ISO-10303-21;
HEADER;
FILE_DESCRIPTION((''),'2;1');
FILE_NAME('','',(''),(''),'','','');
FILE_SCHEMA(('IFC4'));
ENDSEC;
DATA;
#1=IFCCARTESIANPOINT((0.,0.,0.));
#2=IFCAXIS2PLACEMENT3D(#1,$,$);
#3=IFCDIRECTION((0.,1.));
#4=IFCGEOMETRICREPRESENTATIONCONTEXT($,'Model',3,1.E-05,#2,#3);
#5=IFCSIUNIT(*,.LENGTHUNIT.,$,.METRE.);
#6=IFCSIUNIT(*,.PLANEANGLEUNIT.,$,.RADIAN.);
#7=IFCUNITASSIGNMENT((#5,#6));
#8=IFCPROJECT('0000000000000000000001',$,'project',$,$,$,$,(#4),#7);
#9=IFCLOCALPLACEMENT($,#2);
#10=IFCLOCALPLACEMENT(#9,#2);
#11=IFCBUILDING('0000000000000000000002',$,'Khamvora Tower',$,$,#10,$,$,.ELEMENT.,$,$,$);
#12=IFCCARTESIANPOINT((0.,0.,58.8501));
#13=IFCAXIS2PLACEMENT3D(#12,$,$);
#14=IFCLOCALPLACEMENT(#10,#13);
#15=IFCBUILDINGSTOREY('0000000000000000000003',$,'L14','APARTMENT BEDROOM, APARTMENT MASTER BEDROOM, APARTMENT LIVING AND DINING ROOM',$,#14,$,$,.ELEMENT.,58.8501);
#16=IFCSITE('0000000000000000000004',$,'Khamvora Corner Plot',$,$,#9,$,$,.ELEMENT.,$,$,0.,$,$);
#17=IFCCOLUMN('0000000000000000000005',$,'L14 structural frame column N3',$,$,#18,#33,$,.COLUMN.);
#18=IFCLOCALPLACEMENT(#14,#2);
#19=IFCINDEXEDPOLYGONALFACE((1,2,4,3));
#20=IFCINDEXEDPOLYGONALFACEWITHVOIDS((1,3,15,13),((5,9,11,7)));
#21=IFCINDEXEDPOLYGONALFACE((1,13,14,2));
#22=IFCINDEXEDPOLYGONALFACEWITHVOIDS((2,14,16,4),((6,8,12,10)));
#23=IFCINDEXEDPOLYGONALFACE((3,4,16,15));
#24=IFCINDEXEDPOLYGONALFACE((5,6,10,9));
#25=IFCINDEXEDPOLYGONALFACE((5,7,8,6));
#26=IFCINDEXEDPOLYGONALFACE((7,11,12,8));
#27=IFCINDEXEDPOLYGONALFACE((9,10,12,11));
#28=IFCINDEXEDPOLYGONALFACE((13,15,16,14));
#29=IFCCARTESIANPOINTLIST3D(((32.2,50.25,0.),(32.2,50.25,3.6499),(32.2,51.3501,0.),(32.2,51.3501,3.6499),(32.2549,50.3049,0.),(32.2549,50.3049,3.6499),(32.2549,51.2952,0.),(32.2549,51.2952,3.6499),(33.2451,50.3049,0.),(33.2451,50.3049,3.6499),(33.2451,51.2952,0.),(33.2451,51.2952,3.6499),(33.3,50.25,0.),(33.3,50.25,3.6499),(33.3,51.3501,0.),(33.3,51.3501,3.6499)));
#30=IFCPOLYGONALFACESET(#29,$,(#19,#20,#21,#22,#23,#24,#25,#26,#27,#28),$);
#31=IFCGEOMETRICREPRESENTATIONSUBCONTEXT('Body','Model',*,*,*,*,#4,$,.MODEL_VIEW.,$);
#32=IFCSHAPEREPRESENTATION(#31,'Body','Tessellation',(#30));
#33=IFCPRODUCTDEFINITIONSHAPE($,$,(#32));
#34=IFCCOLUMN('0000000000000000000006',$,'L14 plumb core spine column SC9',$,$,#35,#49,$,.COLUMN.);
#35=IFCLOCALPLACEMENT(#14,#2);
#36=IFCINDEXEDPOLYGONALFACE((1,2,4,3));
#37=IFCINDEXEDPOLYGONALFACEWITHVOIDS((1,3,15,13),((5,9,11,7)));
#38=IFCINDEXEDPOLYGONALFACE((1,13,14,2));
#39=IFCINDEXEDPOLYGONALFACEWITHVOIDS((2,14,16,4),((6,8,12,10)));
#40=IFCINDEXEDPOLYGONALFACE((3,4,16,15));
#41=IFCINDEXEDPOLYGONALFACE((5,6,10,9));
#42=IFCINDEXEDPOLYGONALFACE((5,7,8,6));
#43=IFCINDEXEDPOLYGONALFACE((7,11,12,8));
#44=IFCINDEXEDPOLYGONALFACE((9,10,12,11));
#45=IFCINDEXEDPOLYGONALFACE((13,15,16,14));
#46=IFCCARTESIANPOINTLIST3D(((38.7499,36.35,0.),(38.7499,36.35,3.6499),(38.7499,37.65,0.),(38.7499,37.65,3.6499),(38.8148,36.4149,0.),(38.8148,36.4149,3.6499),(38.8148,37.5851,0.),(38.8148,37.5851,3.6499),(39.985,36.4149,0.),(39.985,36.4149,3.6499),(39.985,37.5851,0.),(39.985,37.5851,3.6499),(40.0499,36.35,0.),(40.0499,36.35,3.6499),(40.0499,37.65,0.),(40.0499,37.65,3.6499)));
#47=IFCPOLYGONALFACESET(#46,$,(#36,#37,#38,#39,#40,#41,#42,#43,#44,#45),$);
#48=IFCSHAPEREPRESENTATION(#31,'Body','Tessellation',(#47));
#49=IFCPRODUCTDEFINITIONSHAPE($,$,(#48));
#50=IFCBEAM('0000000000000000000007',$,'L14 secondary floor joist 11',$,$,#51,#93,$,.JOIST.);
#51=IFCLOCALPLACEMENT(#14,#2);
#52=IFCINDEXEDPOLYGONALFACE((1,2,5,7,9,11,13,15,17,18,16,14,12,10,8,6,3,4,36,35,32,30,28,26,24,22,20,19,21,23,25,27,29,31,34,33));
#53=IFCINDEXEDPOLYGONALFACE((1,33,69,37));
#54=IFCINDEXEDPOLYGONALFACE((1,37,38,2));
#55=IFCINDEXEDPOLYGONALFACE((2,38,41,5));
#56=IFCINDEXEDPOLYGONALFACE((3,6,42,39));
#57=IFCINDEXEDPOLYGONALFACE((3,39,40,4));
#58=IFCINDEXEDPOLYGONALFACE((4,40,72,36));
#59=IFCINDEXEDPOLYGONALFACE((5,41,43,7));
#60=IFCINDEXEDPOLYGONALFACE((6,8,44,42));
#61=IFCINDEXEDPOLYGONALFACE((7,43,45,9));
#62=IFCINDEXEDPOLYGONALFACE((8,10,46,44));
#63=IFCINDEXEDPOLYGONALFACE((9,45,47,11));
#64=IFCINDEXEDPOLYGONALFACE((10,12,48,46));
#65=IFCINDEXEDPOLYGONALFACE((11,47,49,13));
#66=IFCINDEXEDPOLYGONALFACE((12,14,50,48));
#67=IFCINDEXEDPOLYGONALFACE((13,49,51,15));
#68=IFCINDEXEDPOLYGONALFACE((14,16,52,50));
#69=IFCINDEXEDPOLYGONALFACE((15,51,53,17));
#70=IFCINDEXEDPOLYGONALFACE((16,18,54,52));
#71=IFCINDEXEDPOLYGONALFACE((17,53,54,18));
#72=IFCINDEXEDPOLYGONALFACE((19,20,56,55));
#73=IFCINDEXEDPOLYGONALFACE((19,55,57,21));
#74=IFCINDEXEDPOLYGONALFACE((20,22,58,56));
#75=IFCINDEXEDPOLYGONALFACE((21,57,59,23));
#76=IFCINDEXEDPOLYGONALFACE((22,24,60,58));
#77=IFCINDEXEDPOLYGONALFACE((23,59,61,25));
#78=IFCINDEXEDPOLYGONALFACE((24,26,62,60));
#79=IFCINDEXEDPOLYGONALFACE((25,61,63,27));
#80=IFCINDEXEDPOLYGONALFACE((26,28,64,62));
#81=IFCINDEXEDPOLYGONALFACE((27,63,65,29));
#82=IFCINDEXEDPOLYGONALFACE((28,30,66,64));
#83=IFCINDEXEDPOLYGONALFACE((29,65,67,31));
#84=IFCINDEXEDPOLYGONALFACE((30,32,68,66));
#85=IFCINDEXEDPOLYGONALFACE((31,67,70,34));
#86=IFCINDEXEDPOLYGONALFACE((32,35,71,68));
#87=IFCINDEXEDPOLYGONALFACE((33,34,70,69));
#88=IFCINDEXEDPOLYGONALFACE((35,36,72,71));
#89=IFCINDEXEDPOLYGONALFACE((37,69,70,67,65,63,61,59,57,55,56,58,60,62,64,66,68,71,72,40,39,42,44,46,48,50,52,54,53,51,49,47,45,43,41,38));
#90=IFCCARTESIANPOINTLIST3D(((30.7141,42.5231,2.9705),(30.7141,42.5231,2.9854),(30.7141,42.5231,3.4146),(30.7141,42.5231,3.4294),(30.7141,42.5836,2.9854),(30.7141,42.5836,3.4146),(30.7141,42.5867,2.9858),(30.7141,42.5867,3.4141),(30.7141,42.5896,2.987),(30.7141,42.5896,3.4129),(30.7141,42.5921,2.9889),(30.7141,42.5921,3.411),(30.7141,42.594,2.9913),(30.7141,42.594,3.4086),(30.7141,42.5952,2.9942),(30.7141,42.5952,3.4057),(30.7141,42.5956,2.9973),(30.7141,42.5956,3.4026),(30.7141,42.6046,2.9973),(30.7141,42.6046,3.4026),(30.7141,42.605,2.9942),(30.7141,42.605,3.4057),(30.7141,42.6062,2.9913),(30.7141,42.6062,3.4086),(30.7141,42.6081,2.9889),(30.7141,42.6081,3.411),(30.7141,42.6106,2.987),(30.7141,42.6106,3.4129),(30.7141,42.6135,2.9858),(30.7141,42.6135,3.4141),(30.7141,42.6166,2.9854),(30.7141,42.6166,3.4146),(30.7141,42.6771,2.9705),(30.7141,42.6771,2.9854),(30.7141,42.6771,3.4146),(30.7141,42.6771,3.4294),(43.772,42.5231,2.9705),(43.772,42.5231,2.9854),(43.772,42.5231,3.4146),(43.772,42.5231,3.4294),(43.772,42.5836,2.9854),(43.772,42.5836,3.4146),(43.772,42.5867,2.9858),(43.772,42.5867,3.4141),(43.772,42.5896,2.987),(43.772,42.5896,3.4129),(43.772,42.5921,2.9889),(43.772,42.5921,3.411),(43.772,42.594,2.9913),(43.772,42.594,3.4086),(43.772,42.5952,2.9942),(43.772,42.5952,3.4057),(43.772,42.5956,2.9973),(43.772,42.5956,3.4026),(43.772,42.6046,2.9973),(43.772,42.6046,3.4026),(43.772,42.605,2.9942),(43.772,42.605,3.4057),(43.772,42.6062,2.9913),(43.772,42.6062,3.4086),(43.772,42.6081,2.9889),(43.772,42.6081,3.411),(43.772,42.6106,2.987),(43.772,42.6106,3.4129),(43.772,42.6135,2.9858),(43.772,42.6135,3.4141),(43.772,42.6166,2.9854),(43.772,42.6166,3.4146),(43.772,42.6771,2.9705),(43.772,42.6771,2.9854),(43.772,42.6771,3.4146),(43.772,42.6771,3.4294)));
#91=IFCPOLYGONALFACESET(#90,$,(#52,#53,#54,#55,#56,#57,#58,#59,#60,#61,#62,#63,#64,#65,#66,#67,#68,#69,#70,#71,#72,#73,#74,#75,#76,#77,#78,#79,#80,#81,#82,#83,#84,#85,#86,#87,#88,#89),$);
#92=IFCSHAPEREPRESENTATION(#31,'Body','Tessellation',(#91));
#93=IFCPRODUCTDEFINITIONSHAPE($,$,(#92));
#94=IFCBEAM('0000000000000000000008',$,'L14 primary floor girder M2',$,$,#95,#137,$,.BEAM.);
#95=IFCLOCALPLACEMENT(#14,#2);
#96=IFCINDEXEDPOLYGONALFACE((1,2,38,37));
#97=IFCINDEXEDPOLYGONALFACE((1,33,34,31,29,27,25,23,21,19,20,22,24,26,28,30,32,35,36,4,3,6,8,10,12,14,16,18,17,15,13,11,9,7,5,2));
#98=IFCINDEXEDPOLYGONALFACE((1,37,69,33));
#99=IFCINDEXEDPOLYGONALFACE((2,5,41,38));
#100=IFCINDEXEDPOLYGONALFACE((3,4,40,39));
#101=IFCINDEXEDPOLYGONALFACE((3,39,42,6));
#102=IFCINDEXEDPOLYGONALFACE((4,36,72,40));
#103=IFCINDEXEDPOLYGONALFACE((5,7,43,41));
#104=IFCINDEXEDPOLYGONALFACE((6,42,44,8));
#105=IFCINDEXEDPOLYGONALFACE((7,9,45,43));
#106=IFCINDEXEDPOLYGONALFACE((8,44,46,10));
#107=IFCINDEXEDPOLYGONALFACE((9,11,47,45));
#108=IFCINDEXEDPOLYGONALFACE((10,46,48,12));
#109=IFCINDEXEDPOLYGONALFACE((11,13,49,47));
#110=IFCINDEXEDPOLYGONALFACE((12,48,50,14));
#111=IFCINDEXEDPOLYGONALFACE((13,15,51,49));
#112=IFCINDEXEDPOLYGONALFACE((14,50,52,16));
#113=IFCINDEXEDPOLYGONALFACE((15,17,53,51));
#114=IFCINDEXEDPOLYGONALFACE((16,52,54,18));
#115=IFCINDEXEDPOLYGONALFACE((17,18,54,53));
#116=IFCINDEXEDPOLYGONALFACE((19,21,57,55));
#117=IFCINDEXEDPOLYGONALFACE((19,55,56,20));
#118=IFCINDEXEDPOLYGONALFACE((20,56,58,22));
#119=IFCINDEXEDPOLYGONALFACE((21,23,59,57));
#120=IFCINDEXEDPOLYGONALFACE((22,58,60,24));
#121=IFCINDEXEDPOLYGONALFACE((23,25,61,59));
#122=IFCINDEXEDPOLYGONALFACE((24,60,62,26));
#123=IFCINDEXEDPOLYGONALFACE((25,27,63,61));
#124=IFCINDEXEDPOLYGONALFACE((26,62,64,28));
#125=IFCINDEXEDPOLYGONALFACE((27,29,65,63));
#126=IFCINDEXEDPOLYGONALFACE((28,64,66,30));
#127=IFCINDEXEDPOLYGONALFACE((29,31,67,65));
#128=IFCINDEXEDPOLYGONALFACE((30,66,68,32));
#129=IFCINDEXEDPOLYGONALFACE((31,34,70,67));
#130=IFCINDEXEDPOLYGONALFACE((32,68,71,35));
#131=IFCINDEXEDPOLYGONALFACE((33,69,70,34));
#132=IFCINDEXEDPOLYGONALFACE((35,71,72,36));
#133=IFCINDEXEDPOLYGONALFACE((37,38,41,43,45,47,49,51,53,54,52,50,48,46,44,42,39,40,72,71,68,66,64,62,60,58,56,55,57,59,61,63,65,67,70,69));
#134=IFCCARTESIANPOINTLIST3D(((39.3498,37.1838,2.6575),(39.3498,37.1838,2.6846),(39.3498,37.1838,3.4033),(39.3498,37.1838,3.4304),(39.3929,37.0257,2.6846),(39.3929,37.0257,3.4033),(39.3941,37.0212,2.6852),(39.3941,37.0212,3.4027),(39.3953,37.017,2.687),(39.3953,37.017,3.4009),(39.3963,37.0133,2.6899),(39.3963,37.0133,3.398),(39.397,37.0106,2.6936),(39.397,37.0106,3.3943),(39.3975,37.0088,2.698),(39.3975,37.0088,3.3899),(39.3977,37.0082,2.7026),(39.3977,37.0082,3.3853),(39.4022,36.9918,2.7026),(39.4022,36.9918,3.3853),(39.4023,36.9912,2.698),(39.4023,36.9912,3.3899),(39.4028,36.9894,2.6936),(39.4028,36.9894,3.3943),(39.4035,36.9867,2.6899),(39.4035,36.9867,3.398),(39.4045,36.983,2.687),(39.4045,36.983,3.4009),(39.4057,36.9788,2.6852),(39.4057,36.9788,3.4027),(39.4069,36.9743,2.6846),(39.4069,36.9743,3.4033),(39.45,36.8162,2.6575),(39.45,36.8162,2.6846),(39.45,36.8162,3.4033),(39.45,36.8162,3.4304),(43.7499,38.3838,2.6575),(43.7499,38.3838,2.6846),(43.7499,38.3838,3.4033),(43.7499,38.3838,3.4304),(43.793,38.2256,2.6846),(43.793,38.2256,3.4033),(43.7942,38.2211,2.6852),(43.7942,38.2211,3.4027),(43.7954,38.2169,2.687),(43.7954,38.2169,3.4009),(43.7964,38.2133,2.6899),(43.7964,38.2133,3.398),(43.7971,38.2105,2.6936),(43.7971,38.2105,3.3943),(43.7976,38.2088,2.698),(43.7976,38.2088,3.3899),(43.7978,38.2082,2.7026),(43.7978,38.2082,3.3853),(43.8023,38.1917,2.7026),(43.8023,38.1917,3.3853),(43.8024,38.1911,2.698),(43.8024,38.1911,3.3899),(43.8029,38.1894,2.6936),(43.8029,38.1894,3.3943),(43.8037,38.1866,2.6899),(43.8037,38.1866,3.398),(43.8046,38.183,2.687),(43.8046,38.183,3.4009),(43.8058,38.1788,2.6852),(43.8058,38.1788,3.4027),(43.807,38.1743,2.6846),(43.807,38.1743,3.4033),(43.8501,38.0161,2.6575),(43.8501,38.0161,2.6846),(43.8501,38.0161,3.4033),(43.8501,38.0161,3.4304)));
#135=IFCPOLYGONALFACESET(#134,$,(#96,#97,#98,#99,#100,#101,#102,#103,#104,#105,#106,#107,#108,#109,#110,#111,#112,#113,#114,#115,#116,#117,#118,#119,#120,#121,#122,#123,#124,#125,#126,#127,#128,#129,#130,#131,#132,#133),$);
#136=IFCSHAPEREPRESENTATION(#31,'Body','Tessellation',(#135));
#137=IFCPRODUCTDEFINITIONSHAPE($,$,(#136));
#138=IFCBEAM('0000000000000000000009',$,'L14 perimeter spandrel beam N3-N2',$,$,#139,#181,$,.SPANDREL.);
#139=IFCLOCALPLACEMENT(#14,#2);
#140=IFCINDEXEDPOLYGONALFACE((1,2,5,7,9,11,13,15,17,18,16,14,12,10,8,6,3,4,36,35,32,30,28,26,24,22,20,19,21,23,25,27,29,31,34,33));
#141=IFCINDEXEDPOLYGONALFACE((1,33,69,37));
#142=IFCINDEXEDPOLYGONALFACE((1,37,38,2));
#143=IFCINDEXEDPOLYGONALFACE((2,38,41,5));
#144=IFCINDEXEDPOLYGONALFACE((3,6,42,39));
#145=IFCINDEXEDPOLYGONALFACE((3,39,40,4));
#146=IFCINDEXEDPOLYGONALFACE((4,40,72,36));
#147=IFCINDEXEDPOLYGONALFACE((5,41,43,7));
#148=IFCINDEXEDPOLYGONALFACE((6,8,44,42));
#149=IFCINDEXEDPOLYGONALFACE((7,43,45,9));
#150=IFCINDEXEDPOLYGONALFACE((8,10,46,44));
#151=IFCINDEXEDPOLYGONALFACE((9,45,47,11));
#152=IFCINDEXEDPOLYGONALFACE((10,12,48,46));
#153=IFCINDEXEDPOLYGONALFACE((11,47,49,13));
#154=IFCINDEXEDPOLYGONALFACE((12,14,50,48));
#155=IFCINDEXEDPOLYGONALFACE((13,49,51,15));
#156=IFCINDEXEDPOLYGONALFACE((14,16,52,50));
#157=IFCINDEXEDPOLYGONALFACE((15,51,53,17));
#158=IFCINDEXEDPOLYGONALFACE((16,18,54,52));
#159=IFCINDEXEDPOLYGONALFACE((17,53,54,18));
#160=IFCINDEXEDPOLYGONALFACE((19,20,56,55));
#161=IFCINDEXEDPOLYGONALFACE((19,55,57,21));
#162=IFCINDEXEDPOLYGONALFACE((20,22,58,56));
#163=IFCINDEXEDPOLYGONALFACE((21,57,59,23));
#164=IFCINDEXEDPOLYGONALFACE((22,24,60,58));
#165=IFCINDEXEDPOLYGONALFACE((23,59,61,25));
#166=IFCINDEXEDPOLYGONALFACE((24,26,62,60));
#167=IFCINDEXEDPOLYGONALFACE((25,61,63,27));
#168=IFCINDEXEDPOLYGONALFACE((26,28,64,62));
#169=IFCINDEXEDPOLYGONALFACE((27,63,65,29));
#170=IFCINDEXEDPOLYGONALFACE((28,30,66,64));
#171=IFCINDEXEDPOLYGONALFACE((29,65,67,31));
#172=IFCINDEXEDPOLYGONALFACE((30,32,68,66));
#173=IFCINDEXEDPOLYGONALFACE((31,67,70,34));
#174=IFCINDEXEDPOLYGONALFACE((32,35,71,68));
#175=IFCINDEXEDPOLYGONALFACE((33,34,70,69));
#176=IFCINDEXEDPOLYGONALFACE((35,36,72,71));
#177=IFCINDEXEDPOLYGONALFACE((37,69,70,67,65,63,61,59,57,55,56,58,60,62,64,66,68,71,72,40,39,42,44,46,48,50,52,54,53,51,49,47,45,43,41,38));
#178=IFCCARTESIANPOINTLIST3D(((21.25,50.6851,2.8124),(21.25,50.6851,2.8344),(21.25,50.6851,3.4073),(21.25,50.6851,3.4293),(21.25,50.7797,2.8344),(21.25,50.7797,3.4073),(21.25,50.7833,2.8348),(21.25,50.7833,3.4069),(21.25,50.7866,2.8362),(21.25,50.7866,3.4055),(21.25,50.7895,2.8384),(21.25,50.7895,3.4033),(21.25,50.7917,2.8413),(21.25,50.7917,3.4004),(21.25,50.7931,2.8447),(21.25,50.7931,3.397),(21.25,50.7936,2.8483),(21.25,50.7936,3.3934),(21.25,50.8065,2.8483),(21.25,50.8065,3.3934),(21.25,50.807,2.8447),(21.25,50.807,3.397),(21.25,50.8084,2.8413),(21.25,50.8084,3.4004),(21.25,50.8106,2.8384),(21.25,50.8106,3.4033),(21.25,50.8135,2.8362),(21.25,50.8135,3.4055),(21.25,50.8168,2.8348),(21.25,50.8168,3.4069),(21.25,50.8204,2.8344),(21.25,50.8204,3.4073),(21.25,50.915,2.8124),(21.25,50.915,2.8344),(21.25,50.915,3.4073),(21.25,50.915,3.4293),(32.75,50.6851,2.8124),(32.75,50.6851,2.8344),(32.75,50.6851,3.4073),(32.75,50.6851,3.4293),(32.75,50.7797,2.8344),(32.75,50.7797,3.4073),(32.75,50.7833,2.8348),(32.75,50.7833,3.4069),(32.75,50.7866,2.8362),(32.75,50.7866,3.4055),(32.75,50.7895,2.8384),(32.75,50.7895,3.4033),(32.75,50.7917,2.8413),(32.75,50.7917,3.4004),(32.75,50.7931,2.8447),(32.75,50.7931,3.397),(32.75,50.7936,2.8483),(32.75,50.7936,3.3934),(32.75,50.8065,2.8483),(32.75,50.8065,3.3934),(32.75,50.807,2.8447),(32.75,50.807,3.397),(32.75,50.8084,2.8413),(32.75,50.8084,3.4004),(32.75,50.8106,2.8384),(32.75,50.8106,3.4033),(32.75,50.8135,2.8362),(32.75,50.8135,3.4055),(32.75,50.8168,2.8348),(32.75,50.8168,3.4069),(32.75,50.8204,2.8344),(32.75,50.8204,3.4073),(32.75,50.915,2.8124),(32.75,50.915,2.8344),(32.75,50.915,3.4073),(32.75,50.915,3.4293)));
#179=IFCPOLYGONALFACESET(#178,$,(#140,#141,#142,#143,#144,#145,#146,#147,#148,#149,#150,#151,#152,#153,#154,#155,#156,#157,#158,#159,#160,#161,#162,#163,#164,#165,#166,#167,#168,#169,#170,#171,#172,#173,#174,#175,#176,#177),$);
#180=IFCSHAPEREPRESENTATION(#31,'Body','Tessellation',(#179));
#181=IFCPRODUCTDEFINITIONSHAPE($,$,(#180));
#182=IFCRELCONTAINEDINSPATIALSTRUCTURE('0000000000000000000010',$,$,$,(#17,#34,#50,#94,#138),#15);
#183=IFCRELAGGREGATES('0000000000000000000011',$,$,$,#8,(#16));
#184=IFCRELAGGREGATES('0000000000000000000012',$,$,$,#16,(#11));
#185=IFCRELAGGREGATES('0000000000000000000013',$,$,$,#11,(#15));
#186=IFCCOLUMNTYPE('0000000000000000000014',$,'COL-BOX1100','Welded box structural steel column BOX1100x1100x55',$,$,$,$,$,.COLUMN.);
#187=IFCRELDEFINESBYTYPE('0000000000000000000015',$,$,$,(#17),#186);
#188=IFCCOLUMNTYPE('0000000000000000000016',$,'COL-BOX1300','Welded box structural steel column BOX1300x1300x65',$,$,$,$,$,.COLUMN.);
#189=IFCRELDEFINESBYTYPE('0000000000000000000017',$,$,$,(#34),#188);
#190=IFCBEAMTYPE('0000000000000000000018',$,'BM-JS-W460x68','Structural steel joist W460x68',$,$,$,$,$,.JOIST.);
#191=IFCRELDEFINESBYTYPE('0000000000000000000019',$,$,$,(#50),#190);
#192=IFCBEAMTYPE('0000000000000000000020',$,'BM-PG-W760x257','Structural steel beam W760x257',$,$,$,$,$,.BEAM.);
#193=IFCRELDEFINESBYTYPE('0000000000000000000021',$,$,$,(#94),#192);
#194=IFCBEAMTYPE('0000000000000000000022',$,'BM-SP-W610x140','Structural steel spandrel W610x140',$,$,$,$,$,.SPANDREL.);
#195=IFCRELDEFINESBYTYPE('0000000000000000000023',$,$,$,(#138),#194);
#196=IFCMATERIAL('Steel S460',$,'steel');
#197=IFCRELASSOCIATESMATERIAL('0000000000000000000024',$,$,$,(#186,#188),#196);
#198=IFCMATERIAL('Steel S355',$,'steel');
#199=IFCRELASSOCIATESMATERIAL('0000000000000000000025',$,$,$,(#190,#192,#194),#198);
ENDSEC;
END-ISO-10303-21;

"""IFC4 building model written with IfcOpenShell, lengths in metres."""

from ifc_helpers import new_model, si_unit, direction, frame, origin, origin_2d, place, context, subcontext, project, spatial, hollow_rectangle, i_section, extrude, material, material_profile, profile_set, type_object, element, save


model = new_model("IFC4")

# Units and contexts
model_context = context("Model", 3, precision=1e-05, world=origin(), true_north=direction((0.0, 1.0)))
body_context = subcontext(model_context, "Body", "Model", "MODEL_VIEW")
ifc_project = project(units=[si_unit("LENGTHUNIT", "METRE"), si_unit("PLANEANGLEUNIT", "RADIAN")], contexts=[model_context])

# Site, building, storey
site_placement = place(None, origin())
site = spatial("IfcSite", under=ifc_project, at=site_placement, Name="Khamvora Corner Plot", CompositionType="ELEMENT", RefElevation=0.0)
building_placement = place(site_placement, origin())
building = spatial("IfcBuilding", under=site, at=building_placement, Name="Khamvora Tower", CompositionType="ELEMENT")
storey_placement = place(building_placement, frame((0.0, 0.0, 58.8501)))
storey = spatial("IfcBuildingStorey", under=building, at=storey_placement, Name="L14", Description="APARTMENT BEDROOM, APARTMENT MASTER BEDROOM, APARTMENT LIVING AND DINING ROOM", CompositionType="ELEMENT", Elevation=58.8501)

# Columns
ifc_material_1 = material(Name="Steel S460", Category="steel")
ifc_material_profile_1 = material_profile(ifc_material_1, hollow_rectangle(XDim=1.1001, YDim=1.1001, WallThickness=0.0549, at=origin_2d()), Name="BOX1100x1100x55")
ifc_profile_set_1 = profile_set([ifc_material_profile_1], Name="Steel S460")
column_type_1 = type_object("IfcColumnType", Name="COL-BOX1100", Description="Welded box structural steel column BOX1100x1100x55", PredefinedType="COLUMN", material=ifc_profile_set_1)
column_1_placement = place(storey_placement, frame((32.75, 50.8, 0.0), z_axis=(0.0, 0.0, 1.0), x_axis=(1.0, 0.0, 0.0)))
element("IfcColumn", 1, at=column_1_placement, inside=storey, type_object=column_type_1, Name="L14 structural frame column N3", PredefinedType="COLUMN", context=body_context, shape_type="SweptSolid", body=[
    extrude(hollow_rectangle(XDim=1.1001, YDim=1.1001, WallThickness=0.0549, at=origin_2d()), origin(), (0.0, 0.0, 1.0), 3.6499),
])
ifc_material_profile_2 = material_profile(ifc_material_1, hollow_rectangle(XDim=1.3, YDim=1.3, WallThickness=0.0649, at=origin_2d()), Name="BOX1300x1300x65")
ifc_profile_set_2 = profile_set([ifc_material_profile_2], Name="Steel S460")
column_type_2 = type_object("IfcColumnType", Name="COL-BOX1300", Description="Welded box structural steel column BOX1300x1300x65", PredefinedType="COLUMN", material=ifc_profile_set_2)
column_2_placement = place(storey_placement, frame((39.3999, 37.0, 0.0), z_axis=(0.0, 0.0, 1.0), x_axis=(1.0, 0.0, 0.0)))
element("IfcColumn", 2, at=column_2_placement, inside=storey, type_object=column_type_2, Name="L14 plumb core spine column SC9", PredefinedType="COLUMN", context=body_context, shape_type="SweptSolid", body=[
    extrude(hollow_rectangle(XDim=1.3, YDim=1.3, WallThickness=0.0649, at=origin_2d()), origin(), (0.0, 0.0, 1.0), 3.6499),
])

# Beams
ifc_material_2 = material(Name="Steel S355", Category="steel")
ifc_material_profile_3 = material_profile(ifc_material_2, i_section(OverallWidth=0.1541, OverallDepth=0.459, WebThickness=0.009, FlangeThickness=0.0149, FilletRadius=0.012, at=origin_2d()), Name="W460x68")
ifc_profile_set_3 = profile_set([ifc_material_profile_3], Name="Steel S355")
beam_type_1 = type_object("IfcBeamType", Name="BM-JS-W460x68", Description="Structural steel joist W460x68", PredefinedType="JOIST", material=ifc_profile_set_3)
beam_1_placement = place(storey_placement, frame((30.7141, 42.6001, 3.2), z_axis=(1.0, 0.0, 0.0), x_axis=(0.0, 1.0, 0.0)))
element("IfcBeam", 3, at=beam_1_placement, inside=storey, type_object=beam_type_1, Name="L14 secondary floor joist 11", PredefinedType="JOIST", context=body_context, shape_type="SweptSolid", body=[
    extrude(i_section(OverallWidth=0.1541, OverallDepth=0.459, WebThickness=0.009, FlangeThickness=0.0149, FilletRadius=0.012, at=origin_2d()), origin(), (0.0, 0.0, 1.0), 13.0579),
])
ifc_material_profile_4 = material_profile(ifc_material_2, i_section(OverallWidth=0.3811, OverallDepth=0.7729, WebThickness=0.0171, FlangeThickness=0.0271, FilletRadius=0.0181, at=origin_2d()), Name="W760x257")
ifc_profile_set_4 = profile_set([ifc_material_profile_4], Name="Steel S355")
beam_type_2 = type_object("IfcBeamType", Name="BM-PG-W760x257", Description="Structural steel beam W760x257", PredefinedType="BEAM", material=ifc_profile_set_4)
beam_2_placement = place(storey_placement, frame((39.3999, 37.0, 3.0439), z_axis=(0.964769, 0.263099, 0.0), x_axis=(-0.263099, 0.964769, 0.0)))
element("IfcBeam", 4, at=beam_2_placement, inside=storey, type_object=beam_type_2, Name="L14 primary floor girder M2", PredefinedType="BEAM", context=body_context, shape_type="SweptSolid", body=[
    extrude(i_section(OverallWidth=0.3811, OverallDepth=0.7729, WebThickness=0.0171, FlangeThickness=0.0271, FilletRadius=0.0181, at=origin_2d()), origin(), (0.0, 0.0, 1.0), 4.5608),
])
ifc_material_profile_5 = material_profile(ifc_material_2, i_section(OverallWidth=0.23, OverallDepth=0.6169, WebThickness=0.0129, FlangeThickness=0.022, FilletRadius=0.0139, at=origin_2d()), Name="W610x140")
ifc_profile_set_5 = profile_set([ifc_material_profile_5], Name="Steel S355")
beam_type_3 = type_object("IfcBeamType", Name="BM-SP-W610x140", Description="Structural steel spandrel W610x140", PredefinedType="SPANDREL", material=ifc_profile_set_5)
beam_3_placement = place(storey_placement, frame((32.75, 50.8, 3.1208), z_axis=(-1.0, 0.0, 0.0), x_axis=(0.0, -1.0, 0.0)))
element("IfcBeam", 5, at=beam_3_placement, inside=storey, type_object=beam_type_3, Name="L14 perimeter spandrel beam N3-N2", PredefinedType="SPANDREL", context=body_context, shape_type="SweptSolid", body=[
    extrude(i_section(OverallWidth=0.23, OverallDepth=0.6169, WebThickness=0.0129, FlangeThickness=0.022, FilletRadius=0.0139, at=origin_2d()), origin(), (0.0, 0.0, 1.0), 11.5),
])

save(model, "model.ifc")
